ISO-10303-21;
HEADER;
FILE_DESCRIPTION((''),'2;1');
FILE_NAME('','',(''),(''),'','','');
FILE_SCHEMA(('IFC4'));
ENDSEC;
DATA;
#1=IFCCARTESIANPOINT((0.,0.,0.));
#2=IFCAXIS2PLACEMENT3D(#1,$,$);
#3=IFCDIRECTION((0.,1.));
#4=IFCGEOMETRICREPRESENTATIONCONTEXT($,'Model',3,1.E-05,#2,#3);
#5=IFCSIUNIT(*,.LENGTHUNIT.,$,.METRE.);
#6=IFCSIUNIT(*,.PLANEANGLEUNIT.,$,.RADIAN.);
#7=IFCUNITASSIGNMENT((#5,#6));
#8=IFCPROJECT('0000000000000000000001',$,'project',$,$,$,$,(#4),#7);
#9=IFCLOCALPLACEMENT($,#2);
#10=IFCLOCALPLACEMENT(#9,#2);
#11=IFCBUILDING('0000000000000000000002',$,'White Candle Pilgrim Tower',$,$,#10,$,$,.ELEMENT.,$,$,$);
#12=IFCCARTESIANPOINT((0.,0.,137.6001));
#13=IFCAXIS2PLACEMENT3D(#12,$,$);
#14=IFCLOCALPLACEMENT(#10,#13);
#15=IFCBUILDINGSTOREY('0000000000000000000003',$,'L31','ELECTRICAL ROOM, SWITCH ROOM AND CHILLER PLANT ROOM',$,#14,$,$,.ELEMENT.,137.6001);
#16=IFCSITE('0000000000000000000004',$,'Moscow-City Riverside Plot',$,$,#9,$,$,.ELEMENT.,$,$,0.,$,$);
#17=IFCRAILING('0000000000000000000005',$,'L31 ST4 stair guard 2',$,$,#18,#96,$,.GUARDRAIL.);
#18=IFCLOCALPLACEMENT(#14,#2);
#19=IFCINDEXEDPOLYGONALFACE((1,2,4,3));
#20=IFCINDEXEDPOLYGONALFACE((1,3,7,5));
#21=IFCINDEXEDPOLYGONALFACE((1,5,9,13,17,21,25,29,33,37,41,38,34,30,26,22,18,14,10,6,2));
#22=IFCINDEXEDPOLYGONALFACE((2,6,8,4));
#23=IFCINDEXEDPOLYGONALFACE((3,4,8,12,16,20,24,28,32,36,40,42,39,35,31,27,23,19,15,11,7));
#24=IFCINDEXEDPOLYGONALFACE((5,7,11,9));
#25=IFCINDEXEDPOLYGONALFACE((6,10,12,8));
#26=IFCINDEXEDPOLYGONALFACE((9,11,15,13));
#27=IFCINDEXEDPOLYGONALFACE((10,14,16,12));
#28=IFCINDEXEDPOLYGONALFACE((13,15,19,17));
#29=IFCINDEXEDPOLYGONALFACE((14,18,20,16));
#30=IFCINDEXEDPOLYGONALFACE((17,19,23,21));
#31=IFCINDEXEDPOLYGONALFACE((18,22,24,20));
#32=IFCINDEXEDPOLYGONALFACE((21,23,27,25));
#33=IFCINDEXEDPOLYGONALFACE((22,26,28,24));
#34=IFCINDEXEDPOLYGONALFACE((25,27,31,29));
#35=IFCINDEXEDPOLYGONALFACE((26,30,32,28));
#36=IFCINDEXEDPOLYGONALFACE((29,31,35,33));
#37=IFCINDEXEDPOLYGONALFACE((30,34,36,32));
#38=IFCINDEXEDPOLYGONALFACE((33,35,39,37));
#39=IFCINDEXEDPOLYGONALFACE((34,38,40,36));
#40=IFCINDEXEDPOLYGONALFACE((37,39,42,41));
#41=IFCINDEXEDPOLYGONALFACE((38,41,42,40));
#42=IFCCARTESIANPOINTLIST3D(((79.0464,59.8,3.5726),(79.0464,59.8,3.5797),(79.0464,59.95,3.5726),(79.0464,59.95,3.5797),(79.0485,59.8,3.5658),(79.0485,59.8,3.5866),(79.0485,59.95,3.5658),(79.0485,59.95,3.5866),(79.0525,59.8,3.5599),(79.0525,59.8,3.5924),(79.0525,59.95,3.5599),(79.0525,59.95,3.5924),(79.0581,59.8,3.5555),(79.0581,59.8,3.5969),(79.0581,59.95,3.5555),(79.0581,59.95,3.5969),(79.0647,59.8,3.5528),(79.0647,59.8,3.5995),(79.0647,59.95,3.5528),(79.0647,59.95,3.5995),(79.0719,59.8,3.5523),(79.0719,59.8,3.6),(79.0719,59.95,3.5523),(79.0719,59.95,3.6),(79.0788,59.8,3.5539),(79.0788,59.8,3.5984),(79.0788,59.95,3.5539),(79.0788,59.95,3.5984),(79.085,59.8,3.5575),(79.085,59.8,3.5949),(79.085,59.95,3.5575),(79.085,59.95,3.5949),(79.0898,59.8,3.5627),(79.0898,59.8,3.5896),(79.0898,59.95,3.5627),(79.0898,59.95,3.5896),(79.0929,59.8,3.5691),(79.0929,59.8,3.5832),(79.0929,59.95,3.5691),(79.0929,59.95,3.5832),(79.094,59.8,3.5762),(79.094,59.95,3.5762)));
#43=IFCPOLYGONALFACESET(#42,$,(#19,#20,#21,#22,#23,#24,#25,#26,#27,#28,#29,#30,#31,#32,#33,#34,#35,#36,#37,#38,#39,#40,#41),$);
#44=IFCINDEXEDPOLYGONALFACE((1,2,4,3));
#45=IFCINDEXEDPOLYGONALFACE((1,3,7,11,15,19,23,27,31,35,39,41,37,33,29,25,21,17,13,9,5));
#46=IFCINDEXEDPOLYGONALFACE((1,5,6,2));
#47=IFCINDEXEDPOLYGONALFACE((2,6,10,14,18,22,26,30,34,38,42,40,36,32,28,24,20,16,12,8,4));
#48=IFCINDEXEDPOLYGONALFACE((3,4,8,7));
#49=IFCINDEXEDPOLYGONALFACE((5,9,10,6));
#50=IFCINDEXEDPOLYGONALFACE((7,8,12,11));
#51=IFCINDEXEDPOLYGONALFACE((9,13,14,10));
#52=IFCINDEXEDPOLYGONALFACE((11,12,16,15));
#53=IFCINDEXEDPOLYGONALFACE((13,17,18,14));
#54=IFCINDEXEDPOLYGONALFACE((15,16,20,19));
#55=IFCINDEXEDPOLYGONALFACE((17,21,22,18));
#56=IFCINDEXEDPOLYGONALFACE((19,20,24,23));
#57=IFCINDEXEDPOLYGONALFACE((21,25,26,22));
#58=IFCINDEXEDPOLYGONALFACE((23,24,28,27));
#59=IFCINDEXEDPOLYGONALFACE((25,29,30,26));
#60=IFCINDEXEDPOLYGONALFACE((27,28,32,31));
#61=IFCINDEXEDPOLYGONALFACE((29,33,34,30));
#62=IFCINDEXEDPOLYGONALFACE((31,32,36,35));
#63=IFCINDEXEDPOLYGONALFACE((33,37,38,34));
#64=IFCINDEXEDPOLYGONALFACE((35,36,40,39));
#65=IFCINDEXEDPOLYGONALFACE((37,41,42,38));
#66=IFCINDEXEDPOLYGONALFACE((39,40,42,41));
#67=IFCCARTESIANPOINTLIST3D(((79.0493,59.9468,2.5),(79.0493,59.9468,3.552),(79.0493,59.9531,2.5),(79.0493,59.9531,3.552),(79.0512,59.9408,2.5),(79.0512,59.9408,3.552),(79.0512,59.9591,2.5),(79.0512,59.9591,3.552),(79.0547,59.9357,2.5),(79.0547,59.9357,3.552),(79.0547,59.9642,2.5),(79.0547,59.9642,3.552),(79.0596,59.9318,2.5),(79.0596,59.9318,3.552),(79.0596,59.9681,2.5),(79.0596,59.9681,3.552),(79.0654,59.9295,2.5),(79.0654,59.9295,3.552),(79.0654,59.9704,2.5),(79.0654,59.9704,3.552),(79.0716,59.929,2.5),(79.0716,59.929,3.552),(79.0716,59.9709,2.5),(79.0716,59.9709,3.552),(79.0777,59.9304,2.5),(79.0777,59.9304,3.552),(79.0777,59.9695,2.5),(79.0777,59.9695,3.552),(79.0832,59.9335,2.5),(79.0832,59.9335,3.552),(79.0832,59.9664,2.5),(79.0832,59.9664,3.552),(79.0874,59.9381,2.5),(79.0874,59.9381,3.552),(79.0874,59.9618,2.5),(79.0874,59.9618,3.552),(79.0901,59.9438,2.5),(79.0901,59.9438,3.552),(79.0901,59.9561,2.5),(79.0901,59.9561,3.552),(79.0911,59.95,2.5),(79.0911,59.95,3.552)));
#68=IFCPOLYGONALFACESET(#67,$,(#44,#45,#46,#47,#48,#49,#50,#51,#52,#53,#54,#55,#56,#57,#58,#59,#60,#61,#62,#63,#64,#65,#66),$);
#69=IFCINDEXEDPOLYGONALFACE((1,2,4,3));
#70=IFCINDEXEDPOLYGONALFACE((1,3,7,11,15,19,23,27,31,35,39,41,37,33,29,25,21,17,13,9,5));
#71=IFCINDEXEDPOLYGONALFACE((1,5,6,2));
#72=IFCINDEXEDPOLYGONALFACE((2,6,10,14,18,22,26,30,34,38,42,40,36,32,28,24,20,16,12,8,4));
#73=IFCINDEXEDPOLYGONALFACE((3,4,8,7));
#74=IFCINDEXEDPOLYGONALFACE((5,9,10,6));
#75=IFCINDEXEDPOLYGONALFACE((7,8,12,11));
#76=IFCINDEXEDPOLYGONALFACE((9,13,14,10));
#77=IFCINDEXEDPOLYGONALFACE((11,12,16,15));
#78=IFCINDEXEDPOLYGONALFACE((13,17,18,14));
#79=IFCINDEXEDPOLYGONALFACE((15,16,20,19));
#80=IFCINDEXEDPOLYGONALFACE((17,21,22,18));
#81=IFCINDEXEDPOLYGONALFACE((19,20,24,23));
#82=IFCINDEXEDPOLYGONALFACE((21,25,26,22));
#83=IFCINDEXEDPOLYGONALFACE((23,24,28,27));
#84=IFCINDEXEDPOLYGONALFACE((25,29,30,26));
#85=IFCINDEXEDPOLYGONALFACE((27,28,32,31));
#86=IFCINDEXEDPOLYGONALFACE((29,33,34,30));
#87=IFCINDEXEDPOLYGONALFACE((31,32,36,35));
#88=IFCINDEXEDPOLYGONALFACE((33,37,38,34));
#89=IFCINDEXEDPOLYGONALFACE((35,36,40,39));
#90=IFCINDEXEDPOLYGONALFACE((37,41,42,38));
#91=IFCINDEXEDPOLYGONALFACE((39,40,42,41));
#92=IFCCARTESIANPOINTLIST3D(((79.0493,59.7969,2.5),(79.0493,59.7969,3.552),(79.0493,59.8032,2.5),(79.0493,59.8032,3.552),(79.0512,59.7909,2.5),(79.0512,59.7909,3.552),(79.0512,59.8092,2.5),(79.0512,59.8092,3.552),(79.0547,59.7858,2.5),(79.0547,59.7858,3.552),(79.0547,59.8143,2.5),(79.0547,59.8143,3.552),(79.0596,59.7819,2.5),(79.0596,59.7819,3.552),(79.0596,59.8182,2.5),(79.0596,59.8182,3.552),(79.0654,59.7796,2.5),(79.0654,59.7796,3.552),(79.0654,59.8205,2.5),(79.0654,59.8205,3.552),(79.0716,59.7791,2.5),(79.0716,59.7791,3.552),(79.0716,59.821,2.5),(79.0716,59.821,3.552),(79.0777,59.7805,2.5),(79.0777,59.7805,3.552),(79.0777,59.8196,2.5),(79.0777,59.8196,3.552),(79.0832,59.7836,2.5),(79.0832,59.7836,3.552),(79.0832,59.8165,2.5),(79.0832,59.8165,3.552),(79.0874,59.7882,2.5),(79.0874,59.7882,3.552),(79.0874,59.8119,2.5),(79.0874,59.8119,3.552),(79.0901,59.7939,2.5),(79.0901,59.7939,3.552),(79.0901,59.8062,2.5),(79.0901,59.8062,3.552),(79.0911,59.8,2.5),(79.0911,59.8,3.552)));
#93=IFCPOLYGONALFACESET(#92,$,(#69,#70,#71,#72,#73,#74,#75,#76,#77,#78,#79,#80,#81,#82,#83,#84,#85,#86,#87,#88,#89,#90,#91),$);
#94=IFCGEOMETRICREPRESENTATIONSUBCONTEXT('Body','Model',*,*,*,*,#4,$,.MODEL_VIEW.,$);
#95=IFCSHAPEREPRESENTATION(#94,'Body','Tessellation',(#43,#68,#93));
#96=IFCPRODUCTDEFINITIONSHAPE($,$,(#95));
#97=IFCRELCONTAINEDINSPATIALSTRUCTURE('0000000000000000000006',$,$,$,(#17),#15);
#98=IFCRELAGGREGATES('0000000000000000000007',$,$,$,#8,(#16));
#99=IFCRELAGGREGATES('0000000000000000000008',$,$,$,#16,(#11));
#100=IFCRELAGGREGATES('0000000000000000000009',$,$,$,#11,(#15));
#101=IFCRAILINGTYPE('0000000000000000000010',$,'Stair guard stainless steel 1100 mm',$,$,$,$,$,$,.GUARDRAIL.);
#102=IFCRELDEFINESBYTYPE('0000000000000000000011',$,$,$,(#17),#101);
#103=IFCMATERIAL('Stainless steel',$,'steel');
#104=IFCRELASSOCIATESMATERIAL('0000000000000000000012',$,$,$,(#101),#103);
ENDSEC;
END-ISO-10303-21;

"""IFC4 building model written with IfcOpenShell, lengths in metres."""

from ifc_helpers import new_model, si_unit, direction, frame, origin, origin_2d, place, context, subcontext, project, spatial, circle, extrude, material, type_object, element, save


model = new_model("IFC4")

# Units and contexts
model_context = context("Model", 3, precision=1e-05, world=origin(), true_north=direction((0.0, 1.0)))
body_context = subcontext(model_context, "Body", "Model", "MODEL_VIEW")
ifc_project = project(units=[si_unit("LENGTHUNIT", "METRE"), si_unit("PLANEANGLEUNIT", "RADIAN")], contexts=[model_context])

# Site, building, storey
site_placement = place(None, origin())
site = spatial("IfcSite", under=ifc_project, at=site_placement, Name="Moscow-City Riverside Plot", CompositionType="ELEMENT", RefElevation=0.0)
building_placement = place(site_placement, origin())
building = spatial("IfcBuilding", under=site, at=building_placement, Name="White Candle Pilgrim Tower", CompositionType="ELEMENT")
storey_placement = place(building_placement, frame((0.0, 0.0, 137.6001)))
storey = spatial("IfcBuildingStorey", under=building, at=storey_placement, Name="L31", Description="ELECTRICAL ROOM, SWITCH ROOM AND CHILLER PLANT ROOM", CompositionType="ELEMENT", Elevation=137.6001)

# Railing
ifc_material_1 = material(Name="Stainless steel", Category="steel")
railing_type_1 = type_object("IfcRailingType", Name="Stair guard stainless steel 1100 mm", PredefinedType="GUARDRAIL", material=ifc_material_1)
railing_1_placement = place(storey_placement, frame((79.0701, 59.95, 2.5)))
element("IfcRailing", 1, at=railing_1_placement, inside=storey, type_object=railing_type_1, Name="L31 ST4 stair guard 2", PredefinedType="GUARDRAIL", context=body_context, shape_type="SweptSolid", body=[
    extrude(circle(Radius=0.0239, at=origin_2d()), frame((0.0, 0.0, 1.0762), z_axis=(0.0, -1.0, 0.0), x_axis=(1.0, 0.0, 0.0)), (0.0, 0.0, 1.0), 0.1499),
    extrude(circle(Radius=0.021, at=origin_2d()), origin(), (0.0, 0.0, 1.0), 1.052),
    extrude(circle(Radius=0.021, at=origin_2d()), frame((0.0, -0.1499, 0.0)), (0.0, 0.0, 1.0), 1.052),
])

save(model, "model.ifc")
